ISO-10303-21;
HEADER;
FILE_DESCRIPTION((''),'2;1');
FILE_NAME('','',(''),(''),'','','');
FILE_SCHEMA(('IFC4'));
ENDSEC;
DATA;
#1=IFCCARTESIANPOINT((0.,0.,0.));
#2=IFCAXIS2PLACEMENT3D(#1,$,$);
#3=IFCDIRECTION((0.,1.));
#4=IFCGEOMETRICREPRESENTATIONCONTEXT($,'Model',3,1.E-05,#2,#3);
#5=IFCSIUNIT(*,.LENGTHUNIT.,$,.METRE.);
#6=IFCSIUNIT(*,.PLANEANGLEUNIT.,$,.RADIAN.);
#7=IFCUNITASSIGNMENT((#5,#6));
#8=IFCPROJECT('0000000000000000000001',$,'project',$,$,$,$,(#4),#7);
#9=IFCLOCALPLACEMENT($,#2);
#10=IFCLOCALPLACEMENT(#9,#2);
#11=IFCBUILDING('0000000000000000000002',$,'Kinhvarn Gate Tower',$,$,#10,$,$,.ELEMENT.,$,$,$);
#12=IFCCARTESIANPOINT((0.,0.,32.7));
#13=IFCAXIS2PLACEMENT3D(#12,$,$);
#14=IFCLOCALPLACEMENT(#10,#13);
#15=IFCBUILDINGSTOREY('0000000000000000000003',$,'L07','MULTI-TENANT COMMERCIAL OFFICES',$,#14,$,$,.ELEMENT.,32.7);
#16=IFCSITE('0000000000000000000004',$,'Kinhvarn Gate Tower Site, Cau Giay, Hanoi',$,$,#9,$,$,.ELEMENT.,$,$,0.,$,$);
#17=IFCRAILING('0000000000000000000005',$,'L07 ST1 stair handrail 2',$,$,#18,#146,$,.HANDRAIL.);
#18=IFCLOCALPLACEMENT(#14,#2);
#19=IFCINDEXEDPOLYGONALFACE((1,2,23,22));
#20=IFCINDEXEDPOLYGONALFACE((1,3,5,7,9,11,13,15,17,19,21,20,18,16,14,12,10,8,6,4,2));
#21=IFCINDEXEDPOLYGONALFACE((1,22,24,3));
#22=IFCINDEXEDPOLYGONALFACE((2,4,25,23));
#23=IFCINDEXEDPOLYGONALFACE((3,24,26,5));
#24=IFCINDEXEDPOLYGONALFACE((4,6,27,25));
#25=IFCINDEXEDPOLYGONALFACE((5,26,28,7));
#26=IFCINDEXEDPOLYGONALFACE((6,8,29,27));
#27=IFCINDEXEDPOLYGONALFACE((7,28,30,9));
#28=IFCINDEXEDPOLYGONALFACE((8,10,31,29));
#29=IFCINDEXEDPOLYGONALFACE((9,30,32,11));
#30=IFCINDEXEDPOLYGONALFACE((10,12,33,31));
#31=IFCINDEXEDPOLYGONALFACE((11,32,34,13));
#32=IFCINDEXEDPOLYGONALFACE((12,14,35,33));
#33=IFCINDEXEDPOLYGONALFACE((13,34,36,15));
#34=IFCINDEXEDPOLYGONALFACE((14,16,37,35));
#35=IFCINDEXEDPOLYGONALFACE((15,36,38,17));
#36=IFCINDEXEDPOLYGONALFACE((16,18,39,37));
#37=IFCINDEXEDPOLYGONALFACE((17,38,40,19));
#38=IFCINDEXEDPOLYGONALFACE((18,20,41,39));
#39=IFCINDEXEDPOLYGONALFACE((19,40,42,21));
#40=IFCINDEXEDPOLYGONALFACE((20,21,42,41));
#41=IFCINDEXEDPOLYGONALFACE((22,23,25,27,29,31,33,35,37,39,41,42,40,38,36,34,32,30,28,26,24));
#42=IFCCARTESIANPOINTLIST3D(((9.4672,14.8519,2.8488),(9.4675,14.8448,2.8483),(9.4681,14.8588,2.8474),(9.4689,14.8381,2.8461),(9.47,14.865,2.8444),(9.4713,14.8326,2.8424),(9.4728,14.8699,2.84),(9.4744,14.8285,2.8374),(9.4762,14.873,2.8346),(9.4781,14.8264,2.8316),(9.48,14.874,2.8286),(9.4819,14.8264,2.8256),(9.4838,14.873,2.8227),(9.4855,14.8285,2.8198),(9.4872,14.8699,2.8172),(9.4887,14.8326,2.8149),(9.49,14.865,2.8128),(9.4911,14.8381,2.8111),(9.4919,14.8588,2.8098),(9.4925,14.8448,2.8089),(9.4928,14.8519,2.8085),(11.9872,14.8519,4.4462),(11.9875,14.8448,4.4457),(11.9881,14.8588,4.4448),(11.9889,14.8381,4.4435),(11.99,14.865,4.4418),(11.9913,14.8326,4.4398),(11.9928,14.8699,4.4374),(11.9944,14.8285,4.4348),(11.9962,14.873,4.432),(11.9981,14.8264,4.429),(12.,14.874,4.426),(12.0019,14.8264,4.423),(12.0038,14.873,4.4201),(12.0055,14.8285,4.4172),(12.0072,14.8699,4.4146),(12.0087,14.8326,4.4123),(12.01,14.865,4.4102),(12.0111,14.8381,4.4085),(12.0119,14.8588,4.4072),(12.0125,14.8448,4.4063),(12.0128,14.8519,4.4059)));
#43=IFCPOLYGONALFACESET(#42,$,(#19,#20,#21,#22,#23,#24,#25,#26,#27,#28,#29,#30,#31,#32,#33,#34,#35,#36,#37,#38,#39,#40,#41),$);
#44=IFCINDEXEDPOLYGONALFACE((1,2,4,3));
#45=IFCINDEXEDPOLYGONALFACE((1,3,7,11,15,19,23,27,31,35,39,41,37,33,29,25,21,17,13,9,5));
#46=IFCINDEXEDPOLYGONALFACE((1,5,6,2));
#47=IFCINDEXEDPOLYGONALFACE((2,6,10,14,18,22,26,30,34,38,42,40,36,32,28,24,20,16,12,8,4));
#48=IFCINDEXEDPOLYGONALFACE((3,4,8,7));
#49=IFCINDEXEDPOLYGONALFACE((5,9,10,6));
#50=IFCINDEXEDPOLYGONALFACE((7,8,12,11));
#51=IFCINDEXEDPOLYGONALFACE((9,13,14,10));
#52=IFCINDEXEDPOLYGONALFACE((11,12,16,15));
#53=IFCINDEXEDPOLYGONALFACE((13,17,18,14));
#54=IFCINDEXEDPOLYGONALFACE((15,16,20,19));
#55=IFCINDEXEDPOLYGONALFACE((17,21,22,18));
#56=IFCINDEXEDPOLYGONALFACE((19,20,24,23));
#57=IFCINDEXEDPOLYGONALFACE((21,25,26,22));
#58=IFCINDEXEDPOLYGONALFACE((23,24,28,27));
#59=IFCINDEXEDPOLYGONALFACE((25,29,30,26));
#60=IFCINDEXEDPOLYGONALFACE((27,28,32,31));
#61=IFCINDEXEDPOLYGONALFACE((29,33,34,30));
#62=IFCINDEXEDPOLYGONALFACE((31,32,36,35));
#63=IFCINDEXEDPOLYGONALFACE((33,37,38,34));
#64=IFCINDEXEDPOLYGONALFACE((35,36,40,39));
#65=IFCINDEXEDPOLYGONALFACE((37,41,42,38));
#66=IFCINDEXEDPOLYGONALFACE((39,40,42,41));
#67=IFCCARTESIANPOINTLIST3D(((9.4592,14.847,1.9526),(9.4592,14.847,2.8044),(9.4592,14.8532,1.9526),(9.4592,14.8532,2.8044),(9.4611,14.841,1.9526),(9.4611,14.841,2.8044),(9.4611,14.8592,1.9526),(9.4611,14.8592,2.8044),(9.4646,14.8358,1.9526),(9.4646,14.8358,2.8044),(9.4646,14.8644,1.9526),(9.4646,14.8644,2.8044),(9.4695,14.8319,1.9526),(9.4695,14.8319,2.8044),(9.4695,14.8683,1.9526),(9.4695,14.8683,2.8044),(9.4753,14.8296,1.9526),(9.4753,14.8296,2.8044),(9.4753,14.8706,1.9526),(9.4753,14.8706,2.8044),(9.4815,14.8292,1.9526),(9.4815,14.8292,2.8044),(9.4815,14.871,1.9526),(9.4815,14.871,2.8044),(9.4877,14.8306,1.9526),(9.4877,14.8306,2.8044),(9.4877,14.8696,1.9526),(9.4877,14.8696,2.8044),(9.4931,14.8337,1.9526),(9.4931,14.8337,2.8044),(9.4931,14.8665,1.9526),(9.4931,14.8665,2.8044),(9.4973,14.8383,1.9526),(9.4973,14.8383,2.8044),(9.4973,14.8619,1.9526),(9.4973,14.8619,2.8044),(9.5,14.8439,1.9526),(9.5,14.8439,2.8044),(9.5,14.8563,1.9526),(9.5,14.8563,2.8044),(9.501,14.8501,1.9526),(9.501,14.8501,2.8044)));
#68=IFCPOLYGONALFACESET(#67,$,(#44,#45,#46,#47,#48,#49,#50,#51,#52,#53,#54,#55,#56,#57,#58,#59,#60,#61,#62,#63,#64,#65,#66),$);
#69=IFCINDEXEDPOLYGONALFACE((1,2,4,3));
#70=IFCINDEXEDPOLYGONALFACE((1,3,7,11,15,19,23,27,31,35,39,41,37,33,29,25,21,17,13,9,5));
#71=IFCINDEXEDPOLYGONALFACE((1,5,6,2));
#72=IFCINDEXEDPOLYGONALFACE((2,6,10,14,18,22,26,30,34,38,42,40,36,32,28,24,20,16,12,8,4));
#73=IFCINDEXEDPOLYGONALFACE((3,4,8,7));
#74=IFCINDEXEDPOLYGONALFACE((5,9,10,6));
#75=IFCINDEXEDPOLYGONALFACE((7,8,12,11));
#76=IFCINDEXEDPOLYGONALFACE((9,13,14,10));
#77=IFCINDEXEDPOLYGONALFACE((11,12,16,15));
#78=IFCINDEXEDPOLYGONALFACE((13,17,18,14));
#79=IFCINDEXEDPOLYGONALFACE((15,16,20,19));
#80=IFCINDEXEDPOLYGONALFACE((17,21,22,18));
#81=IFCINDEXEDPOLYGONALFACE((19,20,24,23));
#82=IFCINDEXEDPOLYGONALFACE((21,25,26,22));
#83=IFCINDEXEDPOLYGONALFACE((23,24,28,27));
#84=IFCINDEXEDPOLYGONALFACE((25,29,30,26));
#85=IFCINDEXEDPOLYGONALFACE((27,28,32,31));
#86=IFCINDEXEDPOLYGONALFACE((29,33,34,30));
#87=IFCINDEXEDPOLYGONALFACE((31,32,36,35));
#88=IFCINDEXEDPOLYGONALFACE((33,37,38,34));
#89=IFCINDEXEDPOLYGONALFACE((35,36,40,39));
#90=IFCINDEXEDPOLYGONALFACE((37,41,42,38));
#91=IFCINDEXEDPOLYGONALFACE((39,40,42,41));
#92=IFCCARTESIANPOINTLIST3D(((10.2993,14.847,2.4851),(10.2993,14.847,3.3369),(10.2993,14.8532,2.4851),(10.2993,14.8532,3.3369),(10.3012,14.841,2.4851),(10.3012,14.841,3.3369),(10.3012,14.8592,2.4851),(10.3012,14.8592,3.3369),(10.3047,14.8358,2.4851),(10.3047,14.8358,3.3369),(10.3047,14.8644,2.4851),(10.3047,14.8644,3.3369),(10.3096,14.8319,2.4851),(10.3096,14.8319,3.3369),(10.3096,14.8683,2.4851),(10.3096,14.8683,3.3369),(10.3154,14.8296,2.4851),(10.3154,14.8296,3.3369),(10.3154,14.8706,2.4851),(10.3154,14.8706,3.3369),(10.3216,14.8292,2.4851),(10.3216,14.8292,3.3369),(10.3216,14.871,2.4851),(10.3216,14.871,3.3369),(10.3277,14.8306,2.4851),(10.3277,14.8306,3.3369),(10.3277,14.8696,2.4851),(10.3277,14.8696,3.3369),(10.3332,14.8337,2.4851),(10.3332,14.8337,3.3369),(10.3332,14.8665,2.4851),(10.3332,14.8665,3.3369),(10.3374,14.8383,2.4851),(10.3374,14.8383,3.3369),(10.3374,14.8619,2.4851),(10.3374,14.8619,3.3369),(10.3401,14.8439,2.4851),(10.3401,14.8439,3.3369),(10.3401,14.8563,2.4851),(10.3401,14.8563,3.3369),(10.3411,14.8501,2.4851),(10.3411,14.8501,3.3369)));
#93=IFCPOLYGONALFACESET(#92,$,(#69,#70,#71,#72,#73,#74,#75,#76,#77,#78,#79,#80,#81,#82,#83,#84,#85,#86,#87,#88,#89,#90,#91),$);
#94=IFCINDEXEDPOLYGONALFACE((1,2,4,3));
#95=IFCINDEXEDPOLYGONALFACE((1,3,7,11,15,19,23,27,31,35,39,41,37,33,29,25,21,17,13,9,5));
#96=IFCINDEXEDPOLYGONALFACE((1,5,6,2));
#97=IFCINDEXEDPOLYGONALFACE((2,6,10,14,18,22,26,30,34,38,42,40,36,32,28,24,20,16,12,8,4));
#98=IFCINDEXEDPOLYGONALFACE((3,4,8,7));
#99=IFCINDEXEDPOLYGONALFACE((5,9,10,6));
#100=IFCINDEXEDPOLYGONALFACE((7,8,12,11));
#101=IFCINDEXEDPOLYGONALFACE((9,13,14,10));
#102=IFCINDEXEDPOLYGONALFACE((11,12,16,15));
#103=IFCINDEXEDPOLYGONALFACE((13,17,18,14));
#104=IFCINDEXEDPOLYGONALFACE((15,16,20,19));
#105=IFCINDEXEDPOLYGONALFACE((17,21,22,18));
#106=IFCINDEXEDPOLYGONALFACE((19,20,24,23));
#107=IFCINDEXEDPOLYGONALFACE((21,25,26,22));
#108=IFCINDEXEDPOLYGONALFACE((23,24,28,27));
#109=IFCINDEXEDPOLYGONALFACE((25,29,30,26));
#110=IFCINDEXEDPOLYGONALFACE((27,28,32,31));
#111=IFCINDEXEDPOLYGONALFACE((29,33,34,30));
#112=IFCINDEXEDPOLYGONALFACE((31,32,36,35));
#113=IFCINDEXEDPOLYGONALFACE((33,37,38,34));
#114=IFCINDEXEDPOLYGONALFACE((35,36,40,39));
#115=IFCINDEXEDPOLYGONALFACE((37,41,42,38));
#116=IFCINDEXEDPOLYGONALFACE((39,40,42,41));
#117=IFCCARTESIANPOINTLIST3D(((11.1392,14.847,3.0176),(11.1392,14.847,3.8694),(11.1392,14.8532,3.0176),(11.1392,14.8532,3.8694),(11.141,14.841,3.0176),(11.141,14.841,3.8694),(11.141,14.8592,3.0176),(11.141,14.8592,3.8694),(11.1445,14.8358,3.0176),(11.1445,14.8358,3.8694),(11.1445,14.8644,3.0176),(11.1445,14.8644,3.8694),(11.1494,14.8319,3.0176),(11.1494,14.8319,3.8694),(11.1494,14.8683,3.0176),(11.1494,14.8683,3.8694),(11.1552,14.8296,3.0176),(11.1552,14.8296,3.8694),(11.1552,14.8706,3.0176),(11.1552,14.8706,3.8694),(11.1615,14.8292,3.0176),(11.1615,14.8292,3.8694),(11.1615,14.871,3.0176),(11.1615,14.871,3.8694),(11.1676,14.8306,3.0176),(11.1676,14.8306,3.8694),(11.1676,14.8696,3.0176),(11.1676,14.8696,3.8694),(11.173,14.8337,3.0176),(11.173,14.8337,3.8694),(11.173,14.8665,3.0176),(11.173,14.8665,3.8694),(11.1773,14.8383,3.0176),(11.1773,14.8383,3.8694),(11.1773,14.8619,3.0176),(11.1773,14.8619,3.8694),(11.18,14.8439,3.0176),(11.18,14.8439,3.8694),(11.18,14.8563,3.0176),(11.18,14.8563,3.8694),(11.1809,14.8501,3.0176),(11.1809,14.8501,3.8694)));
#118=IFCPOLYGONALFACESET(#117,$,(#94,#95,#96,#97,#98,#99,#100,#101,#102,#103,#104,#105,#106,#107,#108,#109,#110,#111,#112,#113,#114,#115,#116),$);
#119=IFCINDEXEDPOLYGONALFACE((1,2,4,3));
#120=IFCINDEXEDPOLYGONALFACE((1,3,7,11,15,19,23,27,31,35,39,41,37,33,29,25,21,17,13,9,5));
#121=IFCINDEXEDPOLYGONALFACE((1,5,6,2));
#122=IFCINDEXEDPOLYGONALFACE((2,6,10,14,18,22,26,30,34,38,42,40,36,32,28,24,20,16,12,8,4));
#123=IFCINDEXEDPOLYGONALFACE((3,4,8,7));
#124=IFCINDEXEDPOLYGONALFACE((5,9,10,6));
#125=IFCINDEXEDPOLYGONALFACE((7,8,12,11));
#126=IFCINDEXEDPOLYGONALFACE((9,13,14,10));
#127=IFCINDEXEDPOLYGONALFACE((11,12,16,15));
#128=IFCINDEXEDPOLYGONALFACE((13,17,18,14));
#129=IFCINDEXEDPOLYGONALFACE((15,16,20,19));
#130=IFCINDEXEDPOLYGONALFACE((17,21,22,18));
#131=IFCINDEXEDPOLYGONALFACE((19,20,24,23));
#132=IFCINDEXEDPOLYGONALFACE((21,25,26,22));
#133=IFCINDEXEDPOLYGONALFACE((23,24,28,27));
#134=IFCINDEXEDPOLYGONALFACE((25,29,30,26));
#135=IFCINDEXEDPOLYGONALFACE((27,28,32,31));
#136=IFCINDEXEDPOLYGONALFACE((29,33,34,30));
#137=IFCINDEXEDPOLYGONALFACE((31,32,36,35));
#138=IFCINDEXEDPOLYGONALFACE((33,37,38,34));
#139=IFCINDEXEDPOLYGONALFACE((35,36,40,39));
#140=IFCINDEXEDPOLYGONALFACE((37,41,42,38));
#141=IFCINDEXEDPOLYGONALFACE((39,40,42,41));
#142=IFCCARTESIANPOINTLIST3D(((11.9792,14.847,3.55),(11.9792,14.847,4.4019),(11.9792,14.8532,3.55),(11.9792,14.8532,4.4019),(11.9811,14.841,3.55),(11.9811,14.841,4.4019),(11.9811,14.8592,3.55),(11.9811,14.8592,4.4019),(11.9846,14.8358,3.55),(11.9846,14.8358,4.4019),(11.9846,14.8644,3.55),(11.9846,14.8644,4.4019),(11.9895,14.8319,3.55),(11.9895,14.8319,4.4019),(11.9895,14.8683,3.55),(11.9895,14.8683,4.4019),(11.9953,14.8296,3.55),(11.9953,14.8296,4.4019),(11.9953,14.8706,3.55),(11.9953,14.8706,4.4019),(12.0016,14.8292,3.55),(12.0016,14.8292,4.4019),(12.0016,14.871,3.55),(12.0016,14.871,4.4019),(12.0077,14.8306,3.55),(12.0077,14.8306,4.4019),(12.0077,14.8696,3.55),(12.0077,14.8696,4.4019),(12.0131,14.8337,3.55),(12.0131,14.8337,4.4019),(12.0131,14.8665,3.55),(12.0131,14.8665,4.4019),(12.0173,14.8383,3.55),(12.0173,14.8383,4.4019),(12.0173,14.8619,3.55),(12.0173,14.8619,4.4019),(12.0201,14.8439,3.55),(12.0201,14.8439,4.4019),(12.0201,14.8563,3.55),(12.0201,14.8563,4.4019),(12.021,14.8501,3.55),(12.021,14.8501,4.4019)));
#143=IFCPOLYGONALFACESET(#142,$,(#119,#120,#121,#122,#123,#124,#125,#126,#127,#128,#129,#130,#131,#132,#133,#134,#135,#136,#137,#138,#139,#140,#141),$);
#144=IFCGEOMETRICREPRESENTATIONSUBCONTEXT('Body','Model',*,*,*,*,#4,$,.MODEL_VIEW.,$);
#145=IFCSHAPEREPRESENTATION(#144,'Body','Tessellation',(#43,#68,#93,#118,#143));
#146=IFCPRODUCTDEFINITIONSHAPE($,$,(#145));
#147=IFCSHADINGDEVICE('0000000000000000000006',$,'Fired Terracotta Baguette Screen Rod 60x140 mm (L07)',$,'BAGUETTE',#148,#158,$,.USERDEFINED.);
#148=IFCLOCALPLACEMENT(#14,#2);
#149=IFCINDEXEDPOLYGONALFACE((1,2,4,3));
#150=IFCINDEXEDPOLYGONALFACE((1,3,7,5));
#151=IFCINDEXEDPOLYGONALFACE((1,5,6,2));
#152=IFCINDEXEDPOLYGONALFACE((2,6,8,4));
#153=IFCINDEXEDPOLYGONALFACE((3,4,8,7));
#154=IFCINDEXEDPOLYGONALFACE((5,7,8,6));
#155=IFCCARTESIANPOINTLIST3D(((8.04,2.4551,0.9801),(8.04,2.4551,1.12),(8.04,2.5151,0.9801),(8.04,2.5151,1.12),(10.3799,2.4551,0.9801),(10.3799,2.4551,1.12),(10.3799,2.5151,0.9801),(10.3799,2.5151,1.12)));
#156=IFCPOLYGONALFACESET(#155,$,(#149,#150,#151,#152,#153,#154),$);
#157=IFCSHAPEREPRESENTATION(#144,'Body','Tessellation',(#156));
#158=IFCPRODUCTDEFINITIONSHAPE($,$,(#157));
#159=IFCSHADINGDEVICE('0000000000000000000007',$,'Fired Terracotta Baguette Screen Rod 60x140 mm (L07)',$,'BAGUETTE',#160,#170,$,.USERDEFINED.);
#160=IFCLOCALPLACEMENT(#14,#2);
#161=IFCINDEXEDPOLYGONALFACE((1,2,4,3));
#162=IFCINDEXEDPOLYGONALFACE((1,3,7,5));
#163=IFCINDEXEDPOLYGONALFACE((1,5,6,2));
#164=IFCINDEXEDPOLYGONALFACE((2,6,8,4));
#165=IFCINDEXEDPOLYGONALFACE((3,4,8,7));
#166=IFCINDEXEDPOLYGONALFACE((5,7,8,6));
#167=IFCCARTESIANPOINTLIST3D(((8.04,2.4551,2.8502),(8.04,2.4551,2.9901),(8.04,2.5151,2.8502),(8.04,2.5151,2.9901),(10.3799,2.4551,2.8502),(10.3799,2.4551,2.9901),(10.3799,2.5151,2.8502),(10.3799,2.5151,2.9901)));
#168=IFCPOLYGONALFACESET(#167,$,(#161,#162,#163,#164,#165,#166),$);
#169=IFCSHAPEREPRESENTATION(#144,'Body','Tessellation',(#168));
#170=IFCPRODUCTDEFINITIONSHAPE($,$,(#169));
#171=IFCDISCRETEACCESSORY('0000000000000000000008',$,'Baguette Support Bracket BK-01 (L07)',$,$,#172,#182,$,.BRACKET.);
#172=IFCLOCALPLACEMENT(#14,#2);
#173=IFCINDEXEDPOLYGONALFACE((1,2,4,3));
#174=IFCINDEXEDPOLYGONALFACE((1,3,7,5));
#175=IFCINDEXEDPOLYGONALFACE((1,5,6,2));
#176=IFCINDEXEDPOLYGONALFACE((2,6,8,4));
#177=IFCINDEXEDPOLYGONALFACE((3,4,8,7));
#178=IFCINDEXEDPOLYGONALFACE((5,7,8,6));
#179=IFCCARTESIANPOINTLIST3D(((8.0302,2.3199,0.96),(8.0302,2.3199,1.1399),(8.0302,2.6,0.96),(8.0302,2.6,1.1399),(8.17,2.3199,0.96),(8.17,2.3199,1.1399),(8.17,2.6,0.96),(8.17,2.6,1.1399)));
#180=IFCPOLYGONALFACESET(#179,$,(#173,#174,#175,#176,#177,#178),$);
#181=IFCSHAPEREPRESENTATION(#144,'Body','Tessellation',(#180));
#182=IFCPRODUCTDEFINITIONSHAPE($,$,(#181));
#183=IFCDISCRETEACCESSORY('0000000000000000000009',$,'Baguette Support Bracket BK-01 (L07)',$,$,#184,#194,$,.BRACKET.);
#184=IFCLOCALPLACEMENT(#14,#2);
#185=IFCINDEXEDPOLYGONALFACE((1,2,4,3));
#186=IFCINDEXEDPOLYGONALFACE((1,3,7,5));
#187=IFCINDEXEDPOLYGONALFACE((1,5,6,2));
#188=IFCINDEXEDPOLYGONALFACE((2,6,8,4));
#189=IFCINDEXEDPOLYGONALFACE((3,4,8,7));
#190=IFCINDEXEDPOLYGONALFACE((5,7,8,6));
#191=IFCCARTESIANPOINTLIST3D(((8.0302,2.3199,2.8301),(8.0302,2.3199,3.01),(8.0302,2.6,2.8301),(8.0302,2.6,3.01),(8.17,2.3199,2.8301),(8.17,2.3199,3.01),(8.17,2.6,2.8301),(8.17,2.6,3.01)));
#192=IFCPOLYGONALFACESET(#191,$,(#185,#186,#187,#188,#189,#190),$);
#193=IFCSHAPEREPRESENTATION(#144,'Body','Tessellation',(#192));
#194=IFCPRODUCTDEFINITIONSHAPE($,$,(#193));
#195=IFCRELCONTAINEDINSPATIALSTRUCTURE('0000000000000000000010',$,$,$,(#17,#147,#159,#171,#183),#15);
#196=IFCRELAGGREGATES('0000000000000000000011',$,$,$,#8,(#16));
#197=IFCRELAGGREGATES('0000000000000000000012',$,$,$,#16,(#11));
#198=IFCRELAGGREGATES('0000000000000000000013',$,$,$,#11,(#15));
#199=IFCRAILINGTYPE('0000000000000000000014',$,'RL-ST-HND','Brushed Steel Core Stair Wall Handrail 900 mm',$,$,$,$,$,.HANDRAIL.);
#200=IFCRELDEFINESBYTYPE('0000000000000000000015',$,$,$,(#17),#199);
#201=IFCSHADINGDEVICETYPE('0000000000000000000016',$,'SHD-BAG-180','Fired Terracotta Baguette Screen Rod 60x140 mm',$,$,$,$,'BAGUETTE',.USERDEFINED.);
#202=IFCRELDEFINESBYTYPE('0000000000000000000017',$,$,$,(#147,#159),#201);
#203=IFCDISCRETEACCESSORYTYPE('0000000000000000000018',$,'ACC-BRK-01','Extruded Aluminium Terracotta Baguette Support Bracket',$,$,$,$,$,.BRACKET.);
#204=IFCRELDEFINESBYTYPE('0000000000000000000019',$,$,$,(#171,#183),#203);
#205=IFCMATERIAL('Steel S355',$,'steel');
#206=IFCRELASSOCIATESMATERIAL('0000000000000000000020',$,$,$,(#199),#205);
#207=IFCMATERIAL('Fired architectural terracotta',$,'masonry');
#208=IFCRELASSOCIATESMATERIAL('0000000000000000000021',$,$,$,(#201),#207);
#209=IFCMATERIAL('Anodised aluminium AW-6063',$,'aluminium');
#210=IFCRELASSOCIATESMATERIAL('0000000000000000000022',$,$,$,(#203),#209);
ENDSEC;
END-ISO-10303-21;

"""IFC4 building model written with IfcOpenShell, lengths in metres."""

from ifc_helpers import new_model, si_unit, direction, frame, origin, origin_2d, place, context, subcontext, project, spatial, rectangle, circle, extrude, material, material_profile, profile_set, type_object, element, save


model = new_model("IFC4")

# Units and contexts
model_context = context("Model", 3, precision=1e-05, world=origin(), true_north=direction((0.0, 1.0)))
body_context = subcontext(model_context, "Body", "Model", "MODEL_VIEW")
ifc_project = project(units=[si_unit("LENGTHUNIT", "METRE"), si_unit("PLANEANGLEUNIT", "RADIAN")], contexts=[model_context])

# Site, building, storey
site_placement = place(None, origin())
site = spatial("IfcSite", under=ifc_project, at=site_placement, Name="Kinhvarn Gate Tower Site, Cau Giay, Hanoi", CompositionType="ELEMENT", RefElevation=0.0)
building_placement = place(site_placement, origin())
building = spatial("IfcBuilding", under=site, at=building_placement, Name="Kinhvarn Gate Tower", CompositionType="ELEMENT")
storey_placement = place(building_placement, frame((0.0, 0.0, 32.7)))
storey = spatial("IfcBuildingStorey", under=building, at=storey_placement, Name="L07", Description="MULTI-TENANT COMMERCIAL OFFICES", CompositionType="ELEMENT", Elevation=32.7)

# Shared definitions
ifc_material_1 = material(Name="Anodised aluminium AW-6063", Category="aluminium")

# Shared definitions
ifc_material_2 = material(Name="Steel S355", Category="steel")

# Shared definitions
ifc_material_3 = material(Name="Fired architectural terracotta", Category="masonry")

# Railing
railing_type_1 = type_object("IfcRailingType", Name="RL-ST-HND", Description="Brushed Steel Core Stair Wall Handrail 900 mm", PredefinedType="HANDRAIL", material=ifc_material_2)
railing_1_placement = place(storey_placement, frame((9.48, 14.8501, 1.9526)))
element("IfcRailing", 1, at=railing_1_placement, inside=storey, type_object=railing_type_1, Name="L07 ST1 stair handrail 2", PredefinedType="HANDRAIL", context=body_context, shape_type="SweptSolid", body=[
    extrude(circle(Radius=0.0239, at=origin_2d()), frame((0.0, 0.0, 0.876), z_axis=(0.844607, 0.0, 0.535387), x_axis=(0.0, 1.0, 0.0)), (0.0, 0.0, 1.0), 2.9836),
    extrude(circle(Radius=0.021, at=origin_2d()), origin(), (0.0, 0.0, 1.0), 0.8518),
    extrude(circle(Radius=0.021, at=origin_2d()), frame((0.8401, 0.0, 0.5325)), (0.0, 0.0, 1.0), 0.8518),
    extrude(circle(Radius=0.021, at=origin_2d()), frame((1.6799, 0.0, 1.0649)), (0.0, 0.0, 1.0), 0.8518),
    extrude(circle(Radius=0.021, at=origin_2d()), frame((2.52, 0.0, 1.5974)), (0.0, 0.0, 1.0), 0.8518),
])

# Shading devices
ifc_material_profile_1 = material_profile(ifc_material_3, rectangle(XDim=0.0601, YDim=0.1399, at=origin_2d()), Name="TC 60x140")
ifc_profile_set_1 = profile_set([ifc_material_profile_1], Name="Fired architectural terracotta")
shading_device_type = type_object("IfcShadingDeviceType", Name="SHD-BAG-180", Description="Fired Terracotta Baguette Screen Rod 60x140 mm", ElementType="BAGUETTE", PredefinedType="USERDEFINED", material=ifc_profile_set_1)
for number, where, z_axis, x_axis, name in (
    (2, (8.04, 2.4851, 1.05), (1.0, 0.0, 0.0), (0.0, 1.0, 0.0), "Fired Terracotta Baguette Screen Rod 60x140 mm (L07)"),
    (3, (8.04, 2.4851, 2.9202), (1.0, 0.0, 0.0), (0.0, 1.0, 0.0), "Fired Terracotta Baguette Screen Rod 60x140 mm (L07)"),
):
    element("IfcShadingDevice", number, at=place(storey_placement, frame(where, z_axis=z_axis, x_axis=x_axis)), inside=storey, type_object=shading_device_type, Name=name, ObjectType="BAGUETTE", PredefinedType="USERDEFINED", context=body_context, shape_type="SweptSolid", body=[
        extrude(rectangle(XDim=0.0601, YDim=0.1399, at=origin_2d()), origin(), (0.0, 0.0, 1.0), 2.3398),
    ])

# Discrete accessories
discrete_accessory_type = type_object("IfcDiscreteAccessoryType", Name="ACC-BRK-01", Description="Extruded Aluminium Terracotta Baguette Support Bracket", PredefinedType="BRACKET", material=ifc_material_1)
for number, where, z_axis, x_axis, name in (
    (4, (8.1001, 2.46, 0.96), (0.0, 0.0, 1.0), (1.0, 0.0, 0.0), "Baguette Support Bracket BK-01 (L07)"),
    (5, (8.1001, 2.46, 2.8301), (0.0, 0.0, 1.0), (1.0, 0.0, 0.0), "Baguette Support Bracket BK-01 (L07)"),
):
    element("IfcDiscreteAccessory", number, at=place(storey_placement, frame(where, z_axis=z_axis, x_axis=x_axis)), inside=storey, type_object=discrete_accessory_type, Name=name, PredefinedType="BRACKET", context=body_context, shape_type="SweptSolid", body=[
        extrude(rectangle(XDim=0.1399, YDim=0.28, at=origin_2d()), origin(), (0.0, 0.0, 1.0), 0.1799),
    ])

save(model, "model.ifc")
